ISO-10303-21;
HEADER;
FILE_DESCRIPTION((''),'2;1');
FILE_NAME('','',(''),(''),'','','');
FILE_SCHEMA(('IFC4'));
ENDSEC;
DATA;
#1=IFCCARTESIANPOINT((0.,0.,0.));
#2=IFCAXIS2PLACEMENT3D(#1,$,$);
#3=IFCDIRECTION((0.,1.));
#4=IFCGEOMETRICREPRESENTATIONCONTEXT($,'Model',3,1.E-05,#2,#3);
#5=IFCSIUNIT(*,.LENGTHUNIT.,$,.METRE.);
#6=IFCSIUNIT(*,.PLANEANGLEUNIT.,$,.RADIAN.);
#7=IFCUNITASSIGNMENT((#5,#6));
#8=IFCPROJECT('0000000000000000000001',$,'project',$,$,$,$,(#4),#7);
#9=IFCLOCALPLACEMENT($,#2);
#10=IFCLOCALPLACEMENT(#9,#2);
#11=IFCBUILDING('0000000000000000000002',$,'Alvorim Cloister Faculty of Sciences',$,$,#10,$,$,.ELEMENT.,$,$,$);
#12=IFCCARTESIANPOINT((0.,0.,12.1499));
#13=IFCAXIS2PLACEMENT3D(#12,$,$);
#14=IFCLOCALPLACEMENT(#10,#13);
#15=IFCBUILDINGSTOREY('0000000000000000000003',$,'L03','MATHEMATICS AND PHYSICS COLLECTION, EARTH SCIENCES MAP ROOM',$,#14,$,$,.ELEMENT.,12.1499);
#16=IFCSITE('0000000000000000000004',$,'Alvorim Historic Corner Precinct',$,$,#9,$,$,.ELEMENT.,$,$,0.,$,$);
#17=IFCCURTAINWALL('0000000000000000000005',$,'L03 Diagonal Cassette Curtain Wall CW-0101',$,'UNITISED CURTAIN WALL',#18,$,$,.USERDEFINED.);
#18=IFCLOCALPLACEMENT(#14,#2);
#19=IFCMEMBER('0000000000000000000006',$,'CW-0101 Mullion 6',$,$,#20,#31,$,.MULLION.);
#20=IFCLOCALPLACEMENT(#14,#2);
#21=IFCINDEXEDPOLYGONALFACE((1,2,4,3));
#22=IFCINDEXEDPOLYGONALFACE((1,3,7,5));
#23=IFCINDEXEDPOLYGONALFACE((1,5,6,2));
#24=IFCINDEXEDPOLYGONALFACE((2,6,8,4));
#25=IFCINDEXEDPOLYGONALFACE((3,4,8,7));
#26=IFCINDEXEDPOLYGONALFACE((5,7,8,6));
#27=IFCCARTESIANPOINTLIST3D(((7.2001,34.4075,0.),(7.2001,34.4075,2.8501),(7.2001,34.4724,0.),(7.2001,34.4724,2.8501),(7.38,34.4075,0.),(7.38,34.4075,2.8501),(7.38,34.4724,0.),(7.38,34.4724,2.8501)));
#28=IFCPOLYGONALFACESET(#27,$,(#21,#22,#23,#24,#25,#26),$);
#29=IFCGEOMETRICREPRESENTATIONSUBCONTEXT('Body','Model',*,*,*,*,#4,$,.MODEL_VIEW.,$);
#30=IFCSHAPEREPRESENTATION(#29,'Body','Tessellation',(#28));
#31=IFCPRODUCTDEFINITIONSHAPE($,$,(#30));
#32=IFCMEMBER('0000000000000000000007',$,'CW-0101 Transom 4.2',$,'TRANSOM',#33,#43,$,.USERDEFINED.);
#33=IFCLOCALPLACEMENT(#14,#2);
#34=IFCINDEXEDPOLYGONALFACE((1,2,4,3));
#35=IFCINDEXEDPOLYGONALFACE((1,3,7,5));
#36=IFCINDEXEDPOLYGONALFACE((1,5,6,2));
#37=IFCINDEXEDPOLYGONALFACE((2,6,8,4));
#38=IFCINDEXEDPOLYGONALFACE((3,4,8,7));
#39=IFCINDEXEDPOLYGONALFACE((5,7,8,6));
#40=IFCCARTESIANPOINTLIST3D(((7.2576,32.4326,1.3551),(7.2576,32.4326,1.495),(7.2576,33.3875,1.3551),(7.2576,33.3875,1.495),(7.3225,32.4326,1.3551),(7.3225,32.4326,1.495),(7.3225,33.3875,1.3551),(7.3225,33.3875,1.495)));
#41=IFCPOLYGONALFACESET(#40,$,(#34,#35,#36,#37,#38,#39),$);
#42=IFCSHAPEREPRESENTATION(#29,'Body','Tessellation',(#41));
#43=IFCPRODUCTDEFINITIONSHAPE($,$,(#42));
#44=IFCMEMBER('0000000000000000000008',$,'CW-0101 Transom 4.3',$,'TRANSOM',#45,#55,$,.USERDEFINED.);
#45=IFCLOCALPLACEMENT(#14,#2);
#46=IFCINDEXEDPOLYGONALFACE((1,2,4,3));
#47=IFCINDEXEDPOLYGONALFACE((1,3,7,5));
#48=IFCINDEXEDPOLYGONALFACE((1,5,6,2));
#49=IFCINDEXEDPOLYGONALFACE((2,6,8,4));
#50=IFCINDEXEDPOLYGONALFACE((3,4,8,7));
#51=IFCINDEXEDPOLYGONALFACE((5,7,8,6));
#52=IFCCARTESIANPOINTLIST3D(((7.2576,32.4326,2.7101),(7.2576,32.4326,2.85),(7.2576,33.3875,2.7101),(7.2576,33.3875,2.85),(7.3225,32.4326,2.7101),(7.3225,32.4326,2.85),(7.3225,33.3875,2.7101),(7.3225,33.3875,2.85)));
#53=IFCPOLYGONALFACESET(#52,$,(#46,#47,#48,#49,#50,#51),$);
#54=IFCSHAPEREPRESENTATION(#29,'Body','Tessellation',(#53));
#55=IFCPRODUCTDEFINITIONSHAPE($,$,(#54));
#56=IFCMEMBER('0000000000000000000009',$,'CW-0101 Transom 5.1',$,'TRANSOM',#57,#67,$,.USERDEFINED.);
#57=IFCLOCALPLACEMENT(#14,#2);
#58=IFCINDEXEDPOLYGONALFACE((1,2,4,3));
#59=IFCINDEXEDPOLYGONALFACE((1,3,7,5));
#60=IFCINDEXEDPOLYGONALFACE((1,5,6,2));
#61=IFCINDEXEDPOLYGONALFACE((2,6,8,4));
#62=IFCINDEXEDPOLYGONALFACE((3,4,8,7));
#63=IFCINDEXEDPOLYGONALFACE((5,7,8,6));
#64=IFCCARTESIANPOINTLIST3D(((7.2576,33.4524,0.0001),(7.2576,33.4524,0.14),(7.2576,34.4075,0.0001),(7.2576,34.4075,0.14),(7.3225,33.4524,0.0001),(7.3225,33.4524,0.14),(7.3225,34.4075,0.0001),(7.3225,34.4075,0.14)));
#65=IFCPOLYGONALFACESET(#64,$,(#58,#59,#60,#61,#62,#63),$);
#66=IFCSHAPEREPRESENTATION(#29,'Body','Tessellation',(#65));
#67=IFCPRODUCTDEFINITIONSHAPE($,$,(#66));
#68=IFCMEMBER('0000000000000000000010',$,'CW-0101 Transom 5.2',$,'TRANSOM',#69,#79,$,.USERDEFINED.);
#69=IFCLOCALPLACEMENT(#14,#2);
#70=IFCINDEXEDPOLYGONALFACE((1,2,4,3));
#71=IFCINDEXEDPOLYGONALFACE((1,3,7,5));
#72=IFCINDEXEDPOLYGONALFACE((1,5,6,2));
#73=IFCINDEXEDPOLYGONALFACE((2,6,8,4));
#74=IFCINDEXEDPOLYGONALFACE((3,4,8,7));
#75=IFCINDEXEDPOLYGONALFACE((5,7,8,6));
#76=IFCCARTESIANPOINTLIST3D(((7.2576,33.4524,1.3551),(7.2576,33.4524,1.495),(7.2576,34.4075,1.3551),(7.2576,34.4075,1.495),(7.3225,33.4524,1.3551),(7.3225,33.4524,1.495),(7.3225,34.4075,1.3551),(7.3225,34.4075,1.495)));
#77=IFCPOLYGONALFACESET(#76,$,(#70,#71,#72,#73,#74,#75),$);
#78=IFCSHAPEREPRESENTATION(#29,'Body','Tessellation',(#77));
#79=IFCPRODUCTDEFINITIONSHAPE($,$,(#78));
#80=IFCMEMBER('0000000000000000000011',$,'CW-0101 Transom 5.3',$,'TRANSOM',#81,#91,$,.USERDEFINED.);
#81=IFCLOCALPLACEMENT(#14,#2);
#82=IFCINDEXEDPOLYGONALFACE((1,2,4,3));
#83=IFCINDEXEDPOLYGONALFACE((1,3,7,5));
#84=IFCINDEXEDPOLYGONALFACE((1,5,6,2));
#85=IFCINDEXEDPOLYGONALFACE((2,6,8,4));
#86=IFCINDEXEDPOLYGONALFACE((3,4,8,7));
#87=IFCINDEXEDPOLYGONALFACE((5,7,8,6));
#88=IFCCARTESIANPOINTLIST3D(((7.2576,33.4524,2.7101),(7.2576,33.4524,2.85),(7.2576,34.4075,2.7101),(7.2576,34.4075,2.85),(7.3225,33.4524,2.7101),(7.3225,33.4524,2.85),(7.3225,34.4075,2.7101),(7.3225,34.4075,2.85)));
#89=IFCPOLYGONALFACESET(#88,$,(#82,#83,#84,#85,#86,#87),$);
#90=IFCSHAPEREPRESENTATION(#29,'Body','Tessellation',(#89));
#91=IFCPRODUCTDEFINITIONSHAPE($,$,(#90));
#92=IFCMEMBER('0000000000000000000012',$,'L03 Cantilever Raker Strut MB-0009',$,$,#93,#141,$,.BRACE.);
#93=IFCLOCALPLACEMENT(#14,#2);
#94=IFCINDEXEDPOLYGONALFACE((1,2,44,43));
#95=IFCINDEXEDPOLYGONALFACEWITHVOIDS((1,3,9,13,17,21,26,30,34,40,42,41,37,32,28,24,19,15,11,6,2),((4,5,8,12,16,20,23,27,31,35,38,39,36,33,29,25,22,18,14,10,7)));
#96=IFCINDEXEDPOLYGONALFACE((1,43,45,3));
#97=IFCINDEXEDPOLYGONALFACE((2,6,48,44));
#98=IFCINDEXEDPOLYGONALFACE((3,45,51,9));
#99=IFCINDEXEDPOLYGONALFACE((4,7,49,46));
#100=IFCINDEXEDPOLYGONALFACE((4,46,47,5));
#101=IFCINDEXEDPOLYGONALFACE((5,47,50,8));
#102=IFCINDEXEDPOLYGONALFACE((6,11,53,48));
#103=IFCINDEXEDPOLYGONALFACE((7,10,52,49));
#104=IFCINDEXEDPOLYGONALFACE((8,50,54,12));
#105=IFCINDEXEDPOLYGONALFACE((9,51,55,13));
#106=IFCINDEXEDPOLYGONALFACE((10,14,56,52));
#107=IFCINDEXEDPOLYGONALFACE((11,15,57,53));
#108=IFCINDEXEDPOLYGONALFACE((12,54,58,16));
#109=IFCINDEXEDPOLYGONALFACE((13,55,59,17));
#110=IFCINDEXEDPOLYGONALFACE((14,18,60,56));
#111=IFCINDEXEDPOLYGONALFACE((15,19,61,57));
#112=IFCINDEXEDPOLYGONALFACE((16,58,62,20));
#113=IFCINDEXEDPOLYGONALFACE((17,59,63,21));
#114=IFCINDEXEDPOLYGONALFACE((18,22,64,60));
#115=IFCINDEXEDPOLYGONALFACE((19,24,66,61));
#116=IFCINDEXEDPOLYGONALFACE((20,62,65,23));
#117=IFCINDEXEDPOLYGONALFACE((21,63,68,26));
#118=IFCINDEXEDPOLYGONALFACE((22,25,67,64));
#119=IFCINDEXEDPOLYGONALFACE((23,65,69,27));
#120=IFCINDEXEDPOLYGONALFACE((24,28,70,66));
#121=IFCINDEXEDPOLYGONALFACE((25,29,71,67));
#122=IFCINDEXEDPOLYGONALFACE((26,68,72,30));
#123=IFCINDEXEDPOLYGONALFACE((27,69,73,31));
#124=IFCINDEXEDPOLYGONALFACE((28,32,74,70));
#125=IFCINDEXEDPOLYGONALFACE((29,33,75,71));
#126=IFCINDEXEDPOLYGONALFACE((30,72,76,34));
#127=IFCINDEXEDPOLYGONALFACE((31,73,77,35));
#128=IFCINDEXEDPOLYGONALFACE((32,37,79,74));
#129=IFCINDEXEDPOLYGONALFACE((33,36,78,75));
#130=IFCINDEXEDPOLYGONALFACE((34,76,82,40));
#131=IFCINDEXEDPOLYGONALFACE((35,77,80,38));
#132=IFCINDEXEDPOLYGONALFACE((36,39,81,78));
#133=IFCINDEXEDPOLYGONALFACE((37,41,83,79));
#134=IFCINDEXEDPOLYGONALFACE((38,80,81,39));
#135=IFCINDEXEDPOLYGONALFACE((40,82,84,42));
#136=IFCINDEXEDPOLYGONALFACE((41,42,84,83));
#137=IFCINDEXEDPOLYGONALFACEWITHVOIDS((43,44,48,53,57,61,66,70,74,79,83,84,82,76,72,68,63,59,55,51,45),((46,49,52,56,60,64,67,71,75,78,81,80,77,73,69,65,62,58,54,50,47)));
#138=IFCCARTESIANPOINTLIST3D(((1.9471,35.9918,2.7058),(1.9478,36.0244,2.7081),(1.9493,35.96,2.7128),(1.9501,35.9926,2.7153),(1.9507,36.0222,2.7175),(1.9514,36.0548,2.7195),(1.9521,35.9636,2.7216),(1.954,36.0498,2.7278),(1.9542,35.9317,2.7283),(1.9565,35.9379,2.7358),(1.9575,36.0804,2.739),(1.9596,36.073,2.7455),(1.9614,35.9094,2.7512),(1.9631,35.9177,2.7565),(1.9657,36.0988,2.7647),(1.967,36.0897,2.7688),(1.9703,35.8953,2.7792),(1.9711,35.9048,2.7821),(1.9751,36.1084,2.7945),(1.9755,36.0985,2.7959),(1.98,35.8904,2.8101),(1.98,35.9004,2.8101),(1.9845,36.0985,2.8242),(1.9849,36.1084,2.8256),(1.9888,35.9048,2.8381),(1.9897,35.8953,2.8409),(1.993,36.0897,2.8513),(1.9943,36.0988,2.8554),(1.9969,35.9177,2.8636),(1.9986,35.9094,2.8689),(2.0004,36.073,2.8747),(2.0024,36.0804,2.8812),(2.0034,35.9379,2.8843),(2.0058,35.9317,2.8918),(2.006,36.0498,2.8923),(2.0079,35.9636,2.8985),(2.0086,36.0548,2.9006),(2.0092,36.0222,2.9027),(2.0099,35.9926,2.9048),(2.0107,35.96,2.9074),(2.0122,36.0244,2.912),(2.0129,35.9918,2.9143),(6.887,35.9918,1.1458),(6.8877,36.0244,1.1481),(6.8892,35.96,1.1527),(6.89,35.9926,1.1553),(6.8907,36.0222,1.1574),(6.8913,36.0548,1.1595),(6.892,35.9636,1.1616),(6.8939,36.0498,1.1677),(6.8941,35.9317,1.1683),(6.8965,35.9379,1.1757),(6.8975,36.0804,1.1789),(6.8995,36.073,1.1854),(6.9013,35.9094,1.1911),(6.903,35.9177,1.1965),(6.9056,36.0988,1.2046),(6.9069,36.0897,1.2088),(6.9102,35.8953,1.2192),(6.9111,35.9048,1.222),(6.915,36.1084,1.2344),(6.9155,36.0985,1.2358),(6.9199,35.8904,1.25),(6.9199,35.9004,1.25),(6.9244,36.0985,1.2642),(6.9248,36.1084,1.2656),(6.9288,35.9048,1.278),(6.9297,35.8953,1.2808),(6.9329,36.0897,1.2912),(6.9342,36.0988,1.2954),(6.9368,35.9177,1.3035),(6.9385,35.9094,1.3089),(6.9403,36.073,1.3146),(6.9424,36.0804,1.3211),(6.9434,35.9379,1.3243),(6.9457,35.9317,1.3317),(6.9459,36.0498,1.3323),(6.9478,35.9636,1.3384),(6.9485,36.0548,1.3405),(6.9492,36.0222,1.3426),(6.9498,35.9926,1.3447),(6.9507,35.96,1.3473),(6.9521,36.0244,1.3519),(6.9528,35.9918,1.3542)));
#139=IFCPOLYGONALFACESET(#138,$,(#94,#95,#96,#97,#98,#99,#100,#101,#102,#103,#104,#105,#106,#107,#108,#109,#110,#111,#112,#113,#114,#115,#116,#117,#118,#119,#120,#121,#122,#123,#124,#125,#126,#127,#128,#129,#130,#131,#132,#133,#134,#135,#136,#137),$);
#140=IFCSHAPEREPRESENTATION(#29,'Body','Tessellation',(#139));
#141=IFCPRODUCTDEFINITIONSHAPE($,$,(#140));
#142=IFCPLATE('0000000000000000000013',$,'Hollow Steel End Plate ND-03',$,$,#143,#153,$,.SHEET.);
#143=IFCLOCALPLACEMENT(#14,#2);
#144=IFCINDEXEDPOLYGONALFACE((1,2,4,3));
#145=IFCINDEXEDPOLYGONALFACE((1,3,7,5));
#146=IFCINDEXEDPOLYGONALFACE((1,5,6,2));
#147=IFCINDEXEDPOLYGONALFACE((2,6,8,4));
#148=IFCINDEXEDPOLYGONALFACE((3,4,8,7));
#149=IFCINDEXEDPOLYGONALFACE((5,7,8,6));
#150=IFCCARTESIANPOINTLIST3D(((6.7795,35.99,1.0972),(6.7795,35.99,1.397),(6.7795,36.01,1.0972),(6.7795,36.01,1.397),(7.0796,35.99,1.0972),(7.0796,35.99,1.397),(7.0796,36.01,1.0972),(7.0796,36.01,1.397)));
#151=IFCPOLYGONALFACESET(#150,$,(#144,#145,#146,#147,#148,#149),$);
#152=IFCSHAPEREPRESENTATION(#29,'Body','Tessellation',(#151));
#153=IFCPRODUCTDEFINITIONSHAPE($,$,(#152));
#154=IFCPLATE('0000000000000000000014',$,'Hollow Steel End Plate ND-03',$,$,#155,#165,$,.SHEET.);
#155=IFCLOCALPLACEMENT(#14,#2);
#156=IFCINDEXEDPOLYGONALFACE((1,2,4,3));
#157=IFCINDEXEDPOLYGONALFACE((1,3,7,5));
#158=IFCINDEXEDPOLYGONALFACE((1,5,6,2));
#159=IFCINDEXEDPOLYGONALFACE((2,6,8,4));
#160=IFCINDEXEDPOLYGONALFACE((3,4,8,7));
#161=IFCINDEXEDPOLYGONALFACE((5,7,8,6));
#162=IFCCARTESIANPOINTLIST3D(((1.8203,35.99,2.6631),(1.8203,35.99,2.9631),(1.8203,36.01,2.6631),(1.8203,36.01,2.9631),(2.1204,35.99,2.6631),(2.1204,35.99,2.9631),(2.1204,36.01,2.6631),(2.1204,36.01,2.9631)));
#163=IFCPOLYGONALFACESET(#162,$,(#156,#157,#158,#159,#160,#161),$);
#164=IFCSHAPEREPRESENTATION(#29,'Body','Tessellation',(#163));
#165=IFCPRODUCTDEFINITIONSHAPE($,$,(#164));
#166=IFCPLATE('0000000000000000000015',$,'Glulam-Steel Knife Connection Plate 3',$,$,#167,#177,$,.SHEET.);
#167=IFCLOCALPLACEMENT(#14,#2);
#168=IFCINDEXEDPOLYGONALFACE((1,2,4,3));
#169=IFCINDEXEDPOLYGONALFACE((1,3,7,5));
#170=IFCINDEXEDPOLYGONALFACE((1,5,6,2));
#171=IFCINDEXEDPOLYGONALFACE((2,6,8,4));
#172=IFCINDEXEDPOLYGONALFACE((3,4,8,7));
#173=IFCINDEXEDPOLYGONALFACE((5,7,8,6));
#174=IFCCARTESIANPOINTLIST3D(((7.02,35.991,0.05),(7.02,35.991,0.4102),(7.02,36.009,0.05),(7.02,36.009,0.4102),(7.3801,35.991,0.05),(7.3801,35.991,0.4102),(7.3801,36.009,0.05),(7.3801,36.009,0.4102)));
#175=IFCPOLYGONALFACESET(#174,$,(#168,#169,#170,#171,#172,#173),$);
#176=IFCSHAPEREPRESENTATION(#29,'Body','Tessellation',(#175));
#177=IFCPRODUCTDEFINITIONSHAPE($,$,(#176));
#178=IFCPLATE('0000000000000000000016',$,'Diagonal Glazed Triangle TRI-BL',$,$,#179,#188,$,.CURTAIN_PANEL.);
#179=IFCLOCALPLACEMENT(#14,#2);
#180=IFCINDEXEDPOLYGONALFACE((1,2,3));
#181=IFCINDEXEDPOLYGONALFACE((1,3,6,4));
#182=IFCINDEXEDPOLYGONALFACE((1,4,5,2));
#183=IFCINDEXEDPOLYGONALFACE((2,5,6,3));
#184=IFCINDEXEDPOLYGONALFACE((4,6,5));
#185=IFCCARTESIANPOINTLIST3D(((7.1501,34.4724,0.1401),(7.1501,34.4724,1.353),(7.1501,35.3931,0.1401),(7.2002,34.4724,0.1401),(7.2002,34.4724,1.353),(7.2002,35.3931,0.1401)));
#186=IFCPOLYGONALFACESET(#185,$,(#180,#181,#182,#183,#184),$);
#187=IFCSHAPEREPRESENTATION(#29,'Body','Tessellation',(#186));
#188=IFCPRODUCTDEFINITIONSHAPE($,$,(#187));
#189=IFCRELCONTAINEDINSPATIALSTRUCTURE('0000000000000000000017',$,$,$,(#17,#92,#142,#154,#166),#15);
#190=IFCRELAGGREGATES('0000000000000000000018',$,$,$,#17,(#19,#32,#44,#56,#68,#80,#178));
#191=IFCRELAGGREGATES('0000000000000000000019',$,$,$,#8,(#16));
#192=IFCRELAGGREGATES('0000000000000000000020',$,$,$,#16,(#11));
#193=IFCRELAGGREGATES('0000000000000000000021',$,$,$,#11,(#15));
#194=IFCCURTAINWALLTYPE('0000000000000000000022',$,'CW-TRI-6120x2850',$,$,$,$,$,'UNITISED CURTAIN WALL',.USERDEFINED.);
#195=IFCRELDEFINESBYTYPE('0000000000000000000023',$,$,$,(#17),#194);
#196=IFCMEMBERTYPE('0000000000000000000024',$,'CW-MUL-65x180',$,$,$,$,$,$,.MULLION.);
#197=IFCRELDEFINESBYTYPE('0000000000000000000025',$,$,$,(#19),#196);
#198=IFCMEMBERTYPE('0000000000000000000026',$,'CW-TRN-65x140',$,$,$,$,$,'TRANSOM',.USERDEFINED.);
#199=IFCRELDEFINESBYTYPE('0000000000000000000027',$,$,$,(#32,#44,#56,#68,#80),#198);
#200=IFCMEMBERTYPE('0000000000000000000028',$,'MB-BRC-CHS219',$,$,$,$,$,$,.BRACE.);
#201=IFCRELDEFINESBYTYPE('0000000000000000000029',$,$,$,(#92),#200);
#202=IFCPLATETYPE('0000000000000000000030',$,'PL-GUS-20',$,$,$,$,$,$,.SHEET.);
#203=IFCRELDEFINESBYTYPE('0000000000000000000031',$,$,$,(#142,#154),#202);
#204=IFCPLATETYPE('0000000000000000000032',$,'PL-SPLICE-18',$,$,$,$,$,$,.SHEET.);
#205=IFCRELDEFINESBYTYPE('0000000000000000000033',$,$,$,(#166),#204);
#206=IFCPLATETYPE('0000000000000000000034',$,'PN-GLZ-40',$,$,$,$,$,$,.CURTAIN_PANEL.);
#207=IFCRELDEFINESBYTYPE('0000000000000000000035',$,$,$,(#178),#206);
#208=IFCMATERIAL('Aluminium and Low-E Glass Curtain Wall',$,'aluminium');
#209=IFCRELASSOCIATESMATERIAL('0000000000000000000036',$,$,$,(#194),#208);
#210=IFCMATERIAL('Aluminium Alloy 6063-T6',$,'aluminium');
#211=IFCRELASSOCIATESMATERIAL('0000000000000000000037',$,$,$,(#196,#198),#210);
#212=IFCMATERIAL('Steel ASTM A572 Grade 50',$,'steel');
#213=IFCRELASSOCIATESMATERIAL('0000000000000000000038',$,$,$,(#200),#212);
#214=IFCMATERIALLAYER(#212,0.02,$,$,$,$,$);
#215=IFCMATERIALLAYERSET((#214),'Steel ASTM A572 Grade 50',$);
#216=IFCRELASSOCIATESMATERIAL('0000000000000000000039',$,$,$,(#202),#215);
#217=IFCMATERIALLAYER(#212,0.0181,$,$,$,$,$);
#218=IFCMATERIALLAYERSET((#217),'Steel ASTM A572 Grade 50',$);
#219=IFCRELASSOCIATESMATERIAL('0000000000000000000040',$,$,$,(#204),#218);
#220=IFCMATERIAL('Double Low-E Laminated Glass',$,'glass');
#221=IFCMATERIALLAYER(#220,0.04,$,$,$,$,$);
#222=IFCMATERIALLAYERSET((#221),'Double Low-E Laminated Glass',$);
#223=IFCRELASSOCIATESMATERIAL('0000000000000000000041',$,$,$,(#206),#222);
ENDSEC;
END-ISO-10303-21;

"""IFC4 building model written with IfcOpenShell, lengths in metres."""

from ifc_helpers import new_model, si_unit, direction, frame, origin, origin_2d, place, context, subcontext, project, spatial, polyline, rectangle, hollow_circle, outline, extrude, material, layer, layer_set, material_profile, profile_set, type_object, element, aggregate, save


model = new_model("IFC4")

# Units and contexts
model_context = context("Model", 3, precision=1e-05, world=origin(), true_north=direction((0.0, 1.0)))
body_context = subcontext(model_context, "Body", "Model", "MODEL_VIEW")
ifc_project = project(units=[si_unit("LENGTHUNIT", "METRE"), si_unit("PLANEANGLEUNIT", "RADIAN")], contexts=[model_context])

# Site, building, storey
site_placement = place(None, origin())
site = spatial("IfcSite", under=ifc_project, at=site_placement, Name="Alvorim Historic Corner Precinct", CompositionType="ELEMENT", RefElevation=0.0)
building_placement = place(site_placement, origin())
building = spatial("IfcBuilding", under=site, at=building_placement, Name="Alvorim Cloister Faculty of Sciences", CompositionType="ELEMENT")
storey_placement = place(building_placement, frame((0.0, 0.0, 12.1499)))
storey = spatial("IfcBuildingStorey", under=building, at=storey_placement, Name="L03", Description="MATHEMATICS AND PHYSICS COLLECTION, EARTH SCIENCES MAP ROOM", CompositionType="ELEMENT", Elevation=12.1499)

# Shared definitions
ifc_material_1 = material(Name="Steel ASTM A572 Grade 50", Category="steel")

# Curtain wall, members
ifc_material_2 = material(Name="Aluminium and Low-E Glass Curtain Wall", Category="aluminium")
curtain_wall_type = type_object("IfcCurtainWallType", Name="CW-TRI-6120x2850", ElementType="UNITISED CURTAIN WALL", PredefinedType="USERDEFINED", material=ifc_material_2)
curtain_wall_1_placement = place(storey_placement, origin())
curtain_wall_1 = element("IfcCurtainWall", 1, at=curtain_wall_1_placement, inside=storey, type_object=curtain_wall_type, Name="L03 Diagonal Cassette Curtain Wall CW-0101", ObjectType="UNITISED CURTAIN WALL", PredefinedType="USERDEFINED")
ifc_material_3 = material(Name="Aluminium Alloy 6063-T6", Category="aluminium")
ifc_material_profile_1 = material_profile(ifc_material_3, rectangle(XDim=0.0649, YDim=0.1799, at=origin_2d()), Name="ALU-MUL-65x180")
ifc_profile_set_1 = profile_set([ifc_material_profile_1], Name="Aluminium Alloy 6063-T6")
member_type_1 = type_object("IfcMemberType", Name="CW-MUL-65x180", PredefinedType="MULLION", material=ifc_profile_set_1)
member_1_placement = place(storey_placement, frame((7.29, 34.4399, 0.0), z_axis=(0.0, 0.0, 1.0), x_axis=(0.0, 1.0, 0.0)))
member_1 = element("IfcMember", 2, at=member_1_placement, type_object=member_type_1, Name="CW-0101 Mullion 6", PredefinedType="MULLION", context=body_context, shape_type="SweptSolid", body=[
    extrude(rectangle(XDim=0.0649, YDim=0.1799, at=origin_2d()), origin(), (0.0, 0.0, 1.0), 2.8501),
])
ifc_material_profile_2 = material_profile(ifc_material_3, rectangle(XDim=0.0649, YDim=0.1399, at=origin_2d()), Name="ALU-TRN-65x140")
ifc_profile_set_2 = profile_set([ifc_material_profile_2], Name="Aluminium Alloy 6063-T6")
member_type_2 = type_object("IfcMemberType", Name="CW-TRN-65x140", ElementType="TRANSOM", PredefinedType="USERDEFINED", material=ifc_profile_set_2)
member_2_placement = place(storey_placement, frame((7.29, 32.4326, 1.425), z_axis=(0.0, 1.0, 0.0), x_axis=(-1.0, 0.0, 0.0)))
member_2 = element("IfcMember", 3, at=member_2_placement, type_object=member_type_2, Name="CW-0101 Transom 4.2", ObjectType="TRANSOM", PredefinedType="USERDEFINED", context=body_context, shape_type="SweptSolid", body=[
    extrude(rectangle(XDim=0.0649, YDim=0.1399, at=origin_2d()), origin(), (0.0, 0.0, 1.0), 0.9548),
])
member_3_placement = place(storey_placement, frame((7.29, 32.4326, 2.78), z_axis=(0.0, 1.0, 0.0), x_axis=(-1.0, 0.0, 0.0)))
member_3 = element("IfcMember", 4, at=member_3_placement, type_object=member_type_2, Name="CW-0101 Transom 4.3", ObjectType="TRANSOM", PredefinedType="USERDEFINED", context=body_context, shape_type="SweptSolid", body=[
    extrude(rectangle(XDim=0.0649, YDim=0.1399, at=origin_2d()), origin(), (0.0, 0.0, 1.0), 0.9548),
])
member_4_placement = place(storey_placement, frame((7.29, 33.4524, 0.0701), z_axis=(0.0, 1.0, 0.0), x_axis=(-1.0, 0.0, 0.0)))
member_4 = element("IfcMember", 5, at=member_4_placement, type_object=member_type_2, Name="CW-0101 Transom 5.1", ObjectType="TRANSOM", PredefinedType="USERDEFINED", context=body_context, shape_type="SweptSolid", body=[
    extrude(rectangle(XDim=0.0649, YDim=0.1399, at=origin_2d()), origin(), (0.0, 0.0, 1.0), 0.9551),
])
member_5_placement = place(storey_placement, frame((7.29, 33.4524, 1.425), z_axis=(0.0, 1.0, 0.0), x_axis=(-1.0, 0.0, 0.0)))
member_5 = element("IfcMember", 6, at=member_5_placement, type_object=member_type_2, Name="CW-0101 Transom 5.2", ObjectType="TRANSOM", PredefinedType="USERDEFINED", context=body_context, shape_type="SweptSolid", body=[
    extrude(rectangle(XDim=0.0649, YDim=0.1399, at=origin_2d()), origin(), (0.0, 0.0, 1.0), 0.9551),
])
member_6_placement = place(storey_placement, frame((7.29, 33.4524, 2.78), z_axis=(0.0, 1.0, 0.0), x_axis=(-1.0, 0.0, 0.0)))
member_6 = element("IfcMember", 7, at=member_6_placement, type_object=member_type_2, Name="CW-0101 Transom 5.3", ObjectType="TRANSOM", PredefinedType="USERDEFINED", context=body_context, shape_type="SweptSolid", body=[
    extrude(rectangle(XDim=0.0649, YDim=0.1399, at=origin_2d()), origin(), (0.0, 0.0, 1.0), 0.9551),
])

# Member
ifc_material_profile_3 = material_profile(ifc_material_1, hollow_circle(Radius=0.1096, WallThickness=0.01, at=origin_2d()), Name="CHS219.1x10")
ifc_profile_set_3 = profile_set([ifc_material_profile_3], Name="Steel ASTM A572 Grade 50")
member_type_3 = type_object("IfcMemberType", Name="MB-BRC-CHS219", PredefinedType="BRACE", material=ifc_profile_set_3)
member_7_placement = place(storey_placement, frame((6.9199, 36.0, 1.25), z_axis=(-0.953578, 0.0, 0.301145), x_axis=(0.0, -1.0, 0.0)))
element("IfcMember", 8, at=member_7_placement, inside=storey, type_object=member_type_3, Name="L03 Cantilever Raker Strut MB-0009", PredefinedType="BRACE", context=body_context, shape_type="SweptSolid", body=[
    extrude(hollow_circle(Radius=0.1096, WallThickness=0.01, at=origin_2d()), origin(), (0.0, 0.0, 1.0), 5.1804),
])

# Plates
ifc_layer_1 = layer(ifc_material_1, 0.02)
ifc_layer_set_1 = layer_set([ifc_layer_1], Name="Steel ASTM A572 Grade 50")
plate_type_1 = type_object("IfcPlateType", Name="PL-GUS-20", PredefinedType="SHEET", material=ifc_layer_set_1)
plate_1_placement = place(storey_placement, frame((7.0796, 36.0, 1.0972), z_axis=(0.0, 0.0, 1.0), x_axis=(-1.0, 0.0, 0.0)))
element("IfcPlate", 9, at=plate_1_placement, inside=storey, type_object=plate_type_1, Name="Hollow Steel End Plate ND-03", PredefinedType="SHEET", context=body_context, shape_type="SweptSolid", body=[
    extrude(outline(polyline([(0.0, 0.0), (0.3, 0.0), (0.3, 0.2998), (0.0, 0.2998), (0.0, 0.0)])), frame((0.0, 0.01, 0.0), z_axis=(0.0, -1.0, 0.0), x_axis=(1.0, 0.0, 0.0)), (0.0, 0.0, 1.0), 0.02),
])
plate_2_placement = place(storey_placement, frame((2.1204, 36.0, 2.6631), z_axis=(0.0, 0.0, 1.0), x_axis=(-1.0, 0.0, 0.0)))
element("IfcPlate", 10, at=plate_2_placement, inside=storey, type_object=plate_type_1, Name="Hollow Steel End Plate ND-03", PredefinedType="SHEET", context=body_context, shape_type="SweptSolid", body=[
    extrude(outline(polyline([(0.0, 0.0), (0.3, 0.0), (0.3, 0.3), (0.0, 0.3), (0.0, 0.0)])), frame((0.0, 0.01, 0.0), z_axis=(0.0, -1.0, 0.0), x_axis=(1.0, 0.0, 0.0)), (0.0, 0.0, 1.0), 0.02),
])
ifc_layer_2 = layer(ifc_material_1, 0.0181)
ifc_layer_set_2 = layer_set([ifc_layer_2], Name="Steel ASTM A572 Grade 50")
plate_type_2 = type_object("IfcPlateType", Name="PL-SPLICE-18", PredefinedType="SHEET", material=ifc_layer_set_2)
plate_3_placement = place(storey_placement, frame((7.02, 36.0, 0.05), z_axis=(0.0, 0.0, 1.0), x_axis=(1.0, 0.0, 0.0)))
element("IfcPlate", 11, at=plate_3_placement, inside=storey, type_object=plate_type_2, Name="Glulam-Steel Knife Connection Plate 3", PredefinedType="SHEET", context=body_context, shape_type="SweptSolid", body=[
    extrude(outline(polyline([(0.0, 0.0), (0.3601, 0.0), (0.3601, 0.3601), (0.0, 0.3601), (0.0, 0.0)])), frame((0.0, 0.009, 0.0), z_axis=(0.0, -1.0, 0.0), x_axis=(1.0, 0.0, 0.0)), (0.0, 0.0, 1.0), 0.0181),
])

# Plate
ifc_material_4 = material(Name="Double Low-E Laminated Glass", Category="glass")
ifc_layer_3 = layer(ifc_material_4, 0.04)
ifc_layer_set_3 = layer_set([ifc_layer_3], Name="Double Low-E Laminated Glass")
plate_type_3 = type_object("IfcPlateType", Name="PN-GLZ-40", PredefinedType="CURTAIN_PANEL", material=ifc_layer_set_3)
plate_4_placement = place(storey_placement, frame((7.175, 34.4724, 0.1401), z_axis=(0.0, 0.0, 1.0), x_axis=(0.0, 1.0, 0.0)))
plate_4 = element("IfcPlate", 12, at=plate_4_placement, type_object=plate_type_3, Name="Diagonal Glazed Triangle TRI-BL", PredefinedType="CURTAIN_PANEL", context=body_context, shape_type="SweptSolid", body=[
    extrude(outline(polyline([(0.0, 0.0), (0.9207, 0.0), (0.0, 1.2129), (0.0, 0.0)])), frame((0.0, 0.0249, 0.0), z_axis=(0.0, -1.0, 0.0), x_axis=(1.0, 0.0, 0.0)), (0.0, 0.0, 1.0), 0.05),
])
aggregate(curtain_wall_1, [member_1, member_2, member_3, member_4, member_5, member_6, plate_4])

save(model, "model.ifc")
